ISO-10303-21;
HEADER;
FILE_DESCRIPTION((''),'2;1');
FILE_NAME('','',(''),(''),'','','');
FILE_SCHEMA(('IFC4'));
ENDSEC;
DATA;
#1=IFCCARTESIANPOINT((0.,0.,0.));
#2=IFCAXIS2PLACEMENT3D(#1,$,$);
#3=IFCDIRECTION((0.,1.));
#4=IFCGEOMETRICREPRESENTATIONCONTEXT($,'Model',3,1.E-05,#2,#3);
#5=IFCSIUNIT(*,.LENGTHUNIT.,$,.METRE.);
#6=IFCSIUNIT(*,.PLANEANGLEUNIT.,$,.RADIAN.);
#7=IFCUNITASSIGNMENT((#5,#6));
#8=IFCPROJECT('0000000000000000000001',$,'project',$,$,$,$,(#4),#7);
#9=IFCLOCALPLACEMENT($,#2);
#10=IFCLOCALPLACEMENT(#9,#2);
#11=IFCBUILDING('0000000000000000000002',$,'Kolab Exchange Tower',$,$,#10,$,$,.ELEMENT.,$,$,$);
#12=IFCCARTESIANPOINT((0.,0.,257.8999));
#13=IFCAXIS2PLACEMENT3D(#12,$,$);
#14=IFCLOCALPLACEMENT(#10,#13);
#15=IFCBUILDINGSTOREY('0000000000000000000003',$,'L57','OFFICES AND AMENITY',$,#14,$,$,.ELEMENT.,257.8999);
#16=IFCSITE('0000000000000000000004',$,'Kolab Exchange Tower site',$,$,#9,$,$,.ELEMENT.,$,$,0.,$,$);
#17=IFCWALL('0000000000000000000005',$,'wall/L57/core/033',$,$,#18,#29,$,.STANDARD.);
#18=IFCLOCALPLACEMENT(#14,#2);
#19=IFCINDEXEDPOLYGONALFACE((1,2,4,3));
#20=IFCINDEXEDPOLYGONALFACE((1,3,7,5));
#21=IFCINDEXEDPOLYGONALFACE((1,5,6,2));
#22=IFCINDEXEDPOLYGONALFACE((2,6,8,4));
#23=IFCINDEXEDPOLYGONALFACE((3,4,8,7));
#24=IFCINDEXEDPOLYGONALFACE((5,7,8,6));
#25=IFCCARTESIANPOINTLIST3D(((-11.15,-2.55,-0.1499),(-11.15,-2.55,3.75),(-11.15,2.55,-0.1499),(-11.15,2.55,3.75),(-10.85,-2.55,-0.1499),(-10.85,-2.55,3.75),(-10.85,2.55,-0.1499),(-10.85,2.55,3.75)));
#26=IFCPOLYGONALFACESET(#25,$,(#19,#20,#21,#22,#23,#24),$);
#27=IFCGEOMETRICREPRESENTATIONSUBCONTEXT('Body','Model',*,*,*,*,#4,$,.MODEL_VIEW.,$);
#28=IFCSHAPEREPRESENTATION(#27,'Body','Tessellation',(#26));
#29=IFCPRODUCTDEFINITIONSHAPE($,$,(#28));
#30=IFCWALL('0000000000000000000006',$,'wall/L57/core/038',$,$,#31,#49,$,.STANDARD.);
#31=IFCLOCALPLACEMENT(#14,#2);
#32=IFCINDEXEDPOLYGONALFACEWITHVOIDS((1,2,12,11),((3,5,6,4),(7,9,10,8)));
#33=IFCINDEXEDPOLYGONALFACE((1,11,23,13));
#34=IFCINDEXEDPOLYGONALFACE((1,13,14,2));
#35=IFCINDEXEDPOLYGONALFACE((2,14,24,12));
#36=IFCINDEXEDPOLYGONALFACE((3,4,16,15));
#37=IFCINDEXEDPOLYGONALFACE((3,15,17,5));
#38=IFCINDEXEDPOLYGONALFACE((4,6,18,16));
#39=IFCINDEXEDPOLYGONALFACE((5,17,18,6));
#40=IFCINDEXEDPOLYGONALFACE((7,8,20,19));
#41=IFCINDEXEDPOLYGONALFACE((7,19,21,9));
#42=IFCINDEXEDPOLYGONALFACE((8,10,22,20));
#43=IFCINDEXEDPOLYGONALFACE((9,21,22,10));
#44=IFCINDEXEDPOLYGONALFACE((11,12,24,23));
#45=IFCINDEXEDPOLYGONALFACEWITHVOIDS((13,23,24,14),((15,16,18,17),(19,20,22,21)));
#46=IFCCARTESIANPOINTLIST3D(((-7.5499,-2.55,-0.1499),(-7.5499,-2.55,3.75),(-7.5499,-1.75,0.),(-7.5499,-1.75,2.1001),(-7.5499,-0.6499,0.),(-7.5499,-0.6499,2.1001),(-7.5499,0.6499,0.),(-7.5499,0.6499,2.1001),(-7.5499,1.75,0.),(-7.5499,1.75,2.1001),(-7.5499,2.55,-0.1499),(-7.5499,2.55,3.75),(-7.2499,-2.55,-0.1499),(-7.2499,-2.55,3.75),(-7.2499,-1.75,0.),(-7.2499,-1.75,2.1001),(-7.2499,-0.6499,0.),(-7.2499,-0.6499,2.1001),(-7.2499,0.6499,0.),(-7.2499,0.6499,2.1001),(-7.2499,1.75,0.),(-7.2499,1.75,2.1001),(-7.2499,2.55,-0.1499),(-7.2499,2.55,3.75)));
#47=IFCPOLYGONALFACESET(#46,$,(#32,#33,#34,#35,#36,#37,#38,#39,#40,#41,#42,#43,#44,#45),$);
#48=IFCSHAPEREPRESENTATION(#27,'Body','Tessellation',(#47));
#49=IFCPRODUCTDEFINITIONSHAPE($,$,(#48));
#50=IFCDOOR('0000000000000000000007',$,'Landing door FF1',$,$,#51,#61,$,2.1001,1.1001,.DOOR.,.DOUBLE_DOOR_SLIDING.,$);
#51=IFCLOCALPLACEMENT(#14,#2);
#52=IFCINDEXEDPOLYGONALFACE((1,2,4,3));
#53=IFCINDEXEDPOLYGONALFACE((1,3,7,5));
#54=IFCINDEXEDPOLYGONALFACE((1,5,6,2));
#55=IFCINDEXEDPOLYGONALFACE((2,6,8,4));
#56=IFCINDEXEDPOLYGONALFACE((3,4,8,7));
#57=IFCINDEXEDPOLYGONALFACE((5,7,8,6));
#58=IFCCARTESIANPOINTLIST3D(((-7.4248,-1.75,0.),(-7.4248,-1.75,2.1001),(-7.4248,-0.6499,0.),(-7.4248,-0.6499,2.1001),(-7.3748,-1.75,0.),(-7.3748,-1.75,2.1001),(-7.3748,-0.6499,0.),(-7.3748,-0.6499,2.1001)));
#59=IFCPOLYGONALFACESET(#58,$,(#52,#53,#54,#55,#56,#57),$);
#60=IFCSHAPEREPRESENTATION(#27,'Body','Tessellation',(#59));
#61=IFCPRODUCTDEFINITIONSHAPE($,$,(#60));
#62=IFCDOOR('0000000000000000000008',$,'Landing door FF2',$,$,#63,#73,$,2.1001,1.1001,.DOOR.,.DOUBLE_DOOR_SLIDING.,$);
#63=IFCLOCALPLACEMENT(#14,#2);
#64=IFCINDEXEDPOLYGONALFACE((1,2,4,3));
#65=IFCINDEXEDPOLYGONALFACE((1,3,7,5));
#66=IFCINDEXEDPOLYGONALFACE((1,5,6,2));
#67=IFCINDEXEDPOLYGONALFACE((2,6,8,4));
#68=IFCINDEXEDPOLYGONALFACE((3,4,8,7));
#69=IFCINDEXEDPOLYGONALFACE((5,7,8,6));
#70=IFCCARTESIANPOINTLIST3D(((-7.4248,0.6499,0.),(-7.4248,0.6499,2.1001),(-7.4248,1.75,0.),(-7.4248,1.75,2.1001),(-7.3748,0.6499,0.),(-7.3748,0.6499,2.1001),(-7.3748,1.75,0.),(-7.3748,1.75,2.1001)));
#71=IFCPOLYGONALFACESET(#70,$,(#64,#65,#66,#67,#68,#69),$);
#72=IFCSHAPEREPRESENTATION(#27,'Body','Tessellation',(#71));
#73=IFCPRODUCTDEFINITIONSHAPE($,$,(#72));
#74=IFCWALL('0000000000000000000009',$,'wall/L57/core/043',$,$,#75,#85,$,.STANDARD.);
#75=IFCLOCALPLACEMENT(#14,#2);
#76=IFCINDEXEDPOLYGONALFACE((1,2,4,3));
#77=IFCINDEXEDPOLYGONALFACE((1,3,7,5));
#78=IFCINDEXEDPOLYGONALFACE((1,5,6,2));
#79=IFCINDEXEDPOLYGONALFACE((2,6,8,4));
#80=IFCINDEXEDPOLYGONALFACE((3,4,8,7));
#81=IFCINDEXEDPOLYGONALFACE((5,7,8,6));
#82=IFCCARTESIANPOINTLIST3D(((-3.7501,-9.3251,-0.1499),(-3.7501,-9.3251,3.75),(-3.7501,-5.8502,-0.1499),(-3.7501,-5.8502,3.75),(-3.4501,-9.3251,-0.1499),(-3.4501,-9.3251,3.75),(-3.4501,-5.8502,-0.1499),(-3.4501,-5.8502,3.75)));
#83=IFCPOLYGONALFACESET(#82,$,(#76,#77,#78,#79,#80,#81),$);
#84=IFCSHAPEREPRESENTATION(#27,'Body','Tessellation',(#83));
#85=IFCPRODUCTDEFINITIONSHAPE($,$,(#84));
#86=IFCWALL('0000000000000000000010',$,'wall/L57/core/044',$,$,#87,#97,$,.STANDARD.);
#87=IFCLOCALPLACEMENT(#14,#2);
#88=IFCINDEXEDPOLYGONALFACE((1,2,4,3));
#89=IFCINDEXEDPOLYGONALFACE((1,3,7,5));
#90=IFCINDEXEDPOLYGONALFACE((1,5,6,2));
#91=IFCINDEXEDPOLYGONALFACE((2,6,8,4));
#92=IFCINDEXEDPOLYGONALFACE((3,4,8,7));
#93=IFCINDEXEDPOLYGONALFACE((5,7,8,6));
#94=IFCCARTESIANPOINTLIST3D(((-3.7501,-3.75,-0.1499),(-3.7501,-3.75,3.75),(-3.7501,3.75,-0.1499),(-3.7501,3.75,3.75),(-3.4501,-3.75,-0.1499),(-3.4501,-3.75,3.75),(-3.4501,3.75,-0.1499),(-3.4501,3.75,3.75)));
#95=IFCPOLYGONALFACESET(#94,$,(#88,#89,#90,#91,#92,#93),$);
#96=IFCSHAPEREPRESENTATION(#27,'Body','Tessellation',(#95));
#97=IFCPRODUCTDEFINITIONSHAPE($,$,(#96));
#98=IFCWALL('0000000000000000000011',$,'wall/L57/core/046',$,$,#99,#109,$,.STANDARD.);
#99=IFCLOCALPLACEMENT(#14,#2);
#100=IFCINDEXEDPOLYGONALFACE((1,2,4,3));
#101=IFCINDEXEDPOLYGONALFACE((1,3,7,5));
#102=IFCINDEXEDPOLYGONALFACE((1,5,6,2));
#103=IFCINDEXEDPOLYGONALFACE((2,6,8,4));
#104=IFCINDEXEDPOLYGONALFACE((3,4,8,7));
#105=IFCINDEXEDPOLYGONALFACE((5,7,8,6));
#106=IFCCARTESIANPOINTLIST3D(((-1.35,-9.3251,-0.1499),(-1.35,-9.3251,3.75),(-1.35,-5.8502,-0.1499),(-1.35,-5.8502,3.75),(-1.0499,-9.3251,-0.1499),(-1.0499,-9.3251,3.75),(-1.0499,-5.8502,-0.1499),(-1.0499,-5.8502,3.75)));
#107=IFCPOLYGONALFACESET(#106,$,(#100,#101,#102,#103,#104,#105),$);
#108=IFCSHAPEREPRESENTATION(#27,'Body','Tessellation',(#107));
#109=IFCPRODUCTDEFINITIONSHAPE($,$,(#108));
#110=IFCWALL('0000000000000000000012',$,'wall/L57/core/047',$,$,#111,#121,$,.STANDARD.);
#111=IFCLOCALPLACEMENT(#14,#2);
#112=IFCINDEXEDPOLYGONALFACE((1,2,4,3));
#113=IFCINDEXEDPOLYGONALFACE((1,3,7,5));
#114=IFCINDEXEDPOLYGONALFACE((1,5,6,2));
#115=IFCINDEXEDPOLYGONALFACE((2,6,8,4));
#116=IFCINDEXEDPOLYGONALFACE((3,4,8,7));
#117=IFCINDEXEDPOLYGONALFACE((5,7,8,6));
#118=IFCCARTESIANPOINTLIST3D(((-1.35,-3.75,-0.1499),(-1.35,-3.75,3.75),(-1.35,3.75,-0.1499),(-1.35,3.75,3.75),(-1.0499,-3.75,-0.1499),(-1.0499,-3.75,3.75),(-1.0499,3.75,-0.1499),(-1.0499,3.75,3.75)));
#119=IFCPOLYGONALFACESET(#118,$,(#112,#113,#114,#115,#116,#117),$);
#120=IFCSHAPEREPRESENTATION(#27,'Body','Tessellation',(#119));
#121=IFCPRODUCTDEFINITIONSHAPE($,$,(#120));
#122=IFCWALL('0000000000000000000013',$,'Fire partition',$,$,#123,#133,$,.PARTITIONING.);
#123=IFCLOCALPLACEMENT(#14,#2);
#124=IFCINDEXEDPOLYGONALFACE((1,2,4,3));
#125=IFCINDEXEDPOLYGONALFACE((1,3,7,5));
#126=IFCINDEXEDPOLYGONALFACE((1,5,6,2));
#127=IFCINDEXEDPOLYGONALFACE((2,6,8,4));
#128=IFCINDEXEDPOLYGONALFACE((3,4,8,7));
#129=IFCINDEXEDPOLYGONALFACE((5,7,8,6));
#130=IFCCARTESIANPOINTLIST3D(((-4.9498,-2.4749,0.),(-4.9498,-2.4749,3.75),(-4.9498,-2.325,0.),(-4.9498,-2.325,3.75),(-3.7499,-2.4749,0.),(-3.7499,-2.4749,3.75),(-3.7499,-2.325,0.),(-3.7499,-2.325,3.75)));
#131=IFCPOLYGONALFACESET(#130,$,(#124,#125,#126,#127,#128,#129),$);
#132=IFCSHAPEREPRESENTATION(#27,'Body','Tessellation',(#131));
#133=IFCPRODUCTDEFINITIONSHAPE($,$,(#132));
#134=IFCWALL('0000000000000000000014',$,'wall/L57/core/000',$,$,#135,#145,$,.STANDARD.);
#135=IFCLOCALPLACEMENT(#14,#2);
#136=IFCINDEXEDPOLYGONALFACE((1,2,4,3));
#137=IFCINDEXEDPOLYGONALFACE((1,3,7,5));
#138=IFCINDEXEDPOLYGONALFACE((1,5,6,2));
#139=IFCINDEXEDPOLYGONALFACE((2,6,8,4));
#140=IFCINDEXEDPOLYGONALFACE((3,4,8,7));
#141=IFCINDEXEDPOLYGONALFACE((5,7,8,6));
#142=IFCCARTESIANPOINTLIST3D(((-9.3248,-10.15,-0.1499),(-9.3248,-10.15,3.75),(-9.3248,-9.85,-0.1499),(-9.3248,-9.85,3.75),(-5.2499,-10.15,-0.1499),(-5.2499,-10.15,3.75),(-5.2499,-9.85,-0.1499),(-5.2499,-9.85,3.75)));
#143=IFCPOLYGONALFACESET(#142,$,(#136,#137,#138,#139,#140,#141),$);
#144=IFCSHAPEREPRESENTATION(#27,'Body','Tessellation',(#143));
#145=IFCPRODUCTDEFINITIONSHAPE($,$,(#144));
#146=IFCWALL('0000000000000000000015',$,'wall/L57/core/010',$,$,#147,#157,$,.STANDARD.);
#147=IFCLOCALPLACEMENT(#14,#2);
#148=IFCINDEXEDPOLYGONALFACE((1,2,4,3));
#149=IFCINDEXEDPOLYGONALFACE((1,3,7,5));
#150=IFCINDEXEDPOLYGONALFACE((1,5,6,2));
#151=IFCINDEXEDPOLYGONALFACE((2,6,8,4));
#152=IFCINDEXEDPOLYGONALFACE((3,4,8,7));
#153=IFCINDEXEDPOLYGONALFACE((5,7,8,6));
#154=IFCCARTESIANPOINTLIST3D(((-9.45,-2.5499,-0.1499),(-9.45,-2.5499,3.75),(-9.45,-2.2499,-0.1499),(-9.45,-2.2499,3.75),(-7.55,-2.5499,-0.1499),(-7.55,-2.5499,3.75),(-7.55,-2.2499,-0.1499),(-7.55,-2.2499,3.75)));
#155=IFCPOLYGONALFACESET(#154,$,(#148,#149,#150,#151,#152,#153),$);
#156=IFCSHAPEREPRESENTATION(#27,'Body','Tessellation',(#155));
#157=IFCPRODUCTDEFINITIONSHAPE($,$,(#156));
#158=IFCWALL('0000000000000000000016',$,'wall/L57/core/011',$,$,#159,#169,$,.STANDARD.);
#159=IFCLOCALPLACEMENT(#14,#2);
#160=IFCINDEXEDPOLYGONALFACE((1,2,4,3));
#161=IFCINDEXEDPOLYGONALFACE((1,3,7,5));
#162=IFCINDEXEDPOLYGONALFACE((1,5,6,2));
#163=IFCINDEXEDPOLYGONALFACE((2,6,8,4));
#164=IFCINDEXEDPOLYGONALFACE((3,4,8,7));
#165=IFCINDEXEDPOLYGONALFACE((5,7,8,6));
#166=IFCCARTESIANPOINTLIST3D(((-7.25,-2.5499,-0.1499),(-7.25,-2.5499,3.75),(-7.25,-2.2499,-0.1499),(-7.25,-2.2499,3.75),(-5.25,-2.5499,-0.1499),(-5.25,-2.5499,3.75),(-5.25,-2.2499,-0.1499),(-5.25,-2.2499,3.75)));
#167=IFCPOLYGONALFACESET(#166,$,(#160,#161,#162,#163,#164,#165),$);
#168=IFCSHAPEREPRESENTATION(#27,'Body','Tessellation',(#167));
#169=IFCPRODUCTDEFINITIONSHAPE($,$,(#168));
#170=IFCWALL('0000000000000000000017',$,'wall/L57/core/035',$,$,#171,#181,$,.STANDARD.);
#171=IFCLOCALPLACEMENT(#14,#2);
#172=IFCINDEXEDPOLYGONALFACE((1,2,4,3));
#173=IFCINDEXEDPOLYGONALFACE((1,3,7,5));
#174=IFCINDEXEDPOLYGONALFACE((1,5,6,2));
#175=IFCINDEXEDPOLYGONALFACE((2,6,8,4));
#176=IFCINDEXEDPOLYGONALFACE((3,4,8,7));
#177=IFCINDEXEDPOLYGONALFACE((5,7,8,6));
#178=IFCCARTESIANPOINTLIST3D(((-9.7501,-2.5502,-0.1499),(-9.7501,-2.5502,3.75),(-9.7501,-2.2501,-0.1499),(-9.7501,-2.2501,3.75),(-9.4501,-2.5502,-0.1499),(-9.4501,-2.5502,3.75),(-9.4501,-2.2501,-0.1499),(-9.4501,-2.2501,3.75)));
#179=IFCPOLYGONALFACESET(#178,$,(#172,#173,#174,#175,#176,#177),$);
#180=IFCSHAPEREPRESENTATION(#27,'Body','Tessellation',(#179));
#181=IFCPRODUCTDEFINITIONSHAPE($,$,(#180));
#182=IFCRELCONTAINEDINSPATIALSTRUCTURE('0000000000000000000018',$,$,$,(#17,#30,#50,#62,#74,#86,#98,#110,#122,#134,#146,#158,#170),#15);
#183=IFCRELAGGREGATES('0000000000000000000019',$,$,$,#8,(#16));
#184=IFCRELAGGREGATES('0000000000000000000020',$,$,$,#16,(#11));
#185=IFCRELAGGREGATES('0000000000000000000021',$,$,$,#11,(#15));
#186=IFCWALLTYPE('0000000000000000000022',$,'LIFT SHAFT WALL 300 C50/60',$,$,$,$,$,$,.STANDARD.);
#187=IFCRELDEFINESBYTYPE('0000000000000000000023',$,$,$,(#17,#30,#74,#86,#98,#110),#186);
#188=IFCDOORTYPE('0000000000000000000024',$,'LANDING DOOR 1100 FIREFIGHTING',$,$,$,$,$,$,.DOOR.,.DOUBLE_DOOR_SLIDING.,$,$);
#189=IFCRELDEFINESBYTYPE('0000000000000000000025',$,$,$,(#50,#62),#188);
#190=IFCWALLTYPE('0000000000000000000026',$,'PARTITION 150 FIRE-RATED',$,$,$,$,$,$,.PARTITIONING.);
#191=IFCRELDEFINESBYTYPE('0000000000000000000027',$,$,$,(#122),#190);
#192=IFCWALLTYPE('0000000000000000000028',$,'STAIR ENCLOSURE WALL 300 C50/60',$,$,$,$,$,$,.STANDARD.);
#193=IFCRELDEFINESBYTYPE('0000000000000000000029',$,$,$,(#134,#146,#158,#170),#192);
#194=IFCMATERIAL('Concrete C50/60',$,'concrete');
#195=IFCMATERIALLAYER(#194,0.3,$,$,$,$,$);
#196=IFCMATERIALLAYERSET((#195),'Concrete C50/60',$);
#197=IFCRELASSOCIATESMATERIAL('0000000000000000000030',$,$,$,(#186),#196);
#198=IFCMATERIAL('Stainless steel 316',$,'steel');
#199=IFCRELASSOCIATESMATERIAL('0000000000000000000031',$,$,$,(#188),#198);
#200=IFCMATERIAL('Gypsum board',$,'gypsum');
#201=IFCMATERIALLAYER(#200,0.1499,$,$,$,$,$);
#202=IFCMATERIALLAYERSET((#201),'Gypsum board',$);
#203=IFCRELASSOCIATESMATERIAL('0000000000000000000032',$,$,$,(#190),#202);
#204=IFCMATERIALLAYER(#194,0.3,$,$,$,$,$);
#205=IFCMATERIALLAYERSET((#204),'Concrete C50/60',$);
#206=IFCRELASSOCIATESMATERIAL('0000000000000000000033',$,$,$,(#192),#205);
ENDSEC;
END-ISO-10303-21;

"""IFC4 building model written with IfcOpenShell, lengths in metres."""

from ifc_helpers import new_model, si_unit, direction, frame, frame_2d, origin, place, context, subcontext, project, spatial, rectangle, extrude, material, layer, layer_set, type_object, element, fill, save


model = new_model("IFC4")

# Units and contexts
model_context = context("Model", 3, precision=1e-05, world=origin(), true_north=direction((0.0, 1.0)))
body_context = subcontext(model_context, "Body", "Model", "MODEL_VIEW")
ifc_project = project(units=[si_unit("LENGTHUNIT", "METRE"), si_unit("PLANEANGLEUNIT", "RADIAN")], contexts=[model_context])

# Site, building, storey
site_placement = place(None, origin())
site = spatial("IfcSite", under=ifc_project, at=site_placement, Name="Kolab Exchange Tower site", CompositionType="ELEMENT", RefElevation=0.0)
building_placement = place(site_placement, origin())
building = spatial("IfcBuilding", under=site, at=building_placement, Name="Kolab Exchange Tower", CompositionType="ELEMENT")
storey_placement = place(building_placement, frame((0.0, 0.0, 257.8999)))
storey = spatial("IfcBuildingStorey", under=building, at=storey_placement, Name="L57", Description="OFFICES AND AMENITY", CompositionType="ELEMENT", Elevation=257.8999)

# Shared definitions
ifc_material_1 = material(Name="Concrete C50/60", Category="concrete")
ifc_layer_1 = layer(ifc_material_1, 0.3)
ifc_layer_set_1 = layer_set([ifc_layer_1], Name="Concrete C50/60")
wall_type_1 = type_object("IfcWallType", Name="LIFT SHAFT WALL 300 C50/60", PredefinedType="STANDARD", material=ifc_layer_set_1)
ifc_material_2 = material(Name="Stainless steel 316", Category="steel")

# Wall
wall_1_placement = place(storey_placement, frame((-11.0, -2.55, -0.1499), z_axis=(0.0, 0.0, 1.0), x_axis=(0.0, 1.0, 0.0)))
element("IfcWall", 1, at=wall_1_placement, inside=storey, type_object=wall_type_1, Name="wall/L57/core/033", PredefinedType="STANDARD", context=body_context, shape_type="SweptSolid", body=[
    extrude(rectangle(XDim=5.1001, YDim=0.3, at=frame_2d((2.55, 0.0))), origin(), (0.0, 0.0, 1.0), 3.8999),
])

# Wall, openings, doors
wall_2_placement = place(storey_placement, frame((-7.3999, -2.55, -0.1499), z_axis=(0.0, 0.0, 1.0), x_axis=(0.0, 1.0, 0.0)))
wall_2 = element("IfcWall", 2, at=wall_2_placement, inside=storey, type_object=wall_type_1, Name="wall/L57/core/038", PredefinedType="STANDARD", context=body_context, shape_type="SweptSolid", body=[
    extrude(rectangle(XDim=5.1001, YDim=0.3, at=frame_2d((2.55, 0.0))), origin(), (0.0, 0.0, 1.0), 3.8999),
])
opening_1_placement = place(wall_2_placement, frame((0.8, 0.0, 0.1499)))
opening_1 = element("IfcOpeningElement", 3, at=opening_1_placement, cuts=wall_2, PredefinedType="OPENING", context=body_context, shape_type="SweptSolid", body=[
    extrude(rectangle(XDim=1.1001, YDim=2.1001, at=frame_2d((0.55, 1.05))), frame((0.0, 0.1602, 0.0), z_axis=(0.0, -1.0, 0.0), x_axis=(1.0, 0.0, 0.0)), (0.0, 0.0, 1.0), 0.3201),
])
opening_2_placement = place(wall_2_placement, frame((3.2, 0.0, 0.1499)))
opening_2 = element("IfcOpeningElement", 4, at=opening_2_placement, cuts=wall_2, PredefinedType="OPENING", context=body_context, shape_type="SweptSolid", body=[
    extrude(rectangle(XDim=1.1001, YDim=2.1001, at=frame_2d((0.55, 1.05))), frame((0.0, 0.1602, 0.0), z_axis=(0.0, -1.0, 0.0), x_axis=(1.0, 0.0, 0.0)), (0.0, 0.0, 1.0), 0.3201),
])
door_type_1 = type_object("IfcDoorType", Name="LANDING DOOR 1100 FIREFIGHTING", OperationType="DOUBLE_DOOR_SLIDING", PredefinedType="DOOR", material=ifc_material_2)
door_1_placement = place(opening_1_placement, origin())
door_1 = element("IfcDoor", 5, at=door_1_placement, inside=storey, type_object=door_type_1, Name="Landing door FF1", OperationType="DOUBLE_DOOR_SLIDING", OverallHeight=2.1001, OverallWidth=1.1001, PredefinedType="DOOR", context=body_context, shape_type="SweptSolid", body=[
    extrude(rectangle(XDim=1.1001, YDim=2.1001, at=frame_2d((0.55, 1.05))), frame((0.0, 0.0249, 0.0), z_axis=(0.0, -1.0, 0.0), x_axis=(1.0, 0.0, 0.0)), (0.0, 0.0, 1.0), 0.05),
])
fill(opening_1, door_1)
door_2_placement = place(opening_2_placement, origin())
door_2 = element("IfcDoor", 6, at=door_2_placement, inside=storey, type_object=door_type_1, Name="Landing door FF2", OperationType="DOUBLE_DOOR_SLIDING", OverallHeight=2.1001, OverallWidth=1.1001, PredefinedType="DOOR", context=body_context, shape_type="SweptSolid", body=[
    extrude(rectangle(XDim=1.1001, YDim=2.1001, at=frame_2d((0.55, 1.05))), frame((0.0, 0.0249, 0.0), z_axis=(0.0, -1.0, 0.0), x_axis=(1.0, 0.0, 0.0)), (0.0, 0.0, 1.0), 0.05),
])
fill(opening_2, door_2)

# Walls
wall_3_placement = place(storey_placement, frame((-3.6001, -9.325, -0.1499), z_axis=(0.0, 0.0, 1.0), x_axis=(0.0, 1.0, 0.0)))
element("IfcWall", 7, at=wall_3_placement, inside=storey, type_object=wall_type_1, Name="wall/L57/core/043", PredefinedType="STANDARD", context=body_context, shape_type="SweptSolid", body=[
    extrude(rectangle(XDim=3.4749, YDim=0.3, at=frame_2d((1.7373, 0.0))), origin(), (0.0, 0.0, 1.0), 3.8999),
])
wall_4_placement = place(storey_placement, frame((-3.6001, -3.75, -0.1499), z_axis=(0.0, 0.0, 1.0), x_axis=(0.0, 1.0, 0.0)))
element("IfcWall", 8, at=wall_4_placement, inside=storey, type_object=wall_type_1, Name="wall/L57/core/044", PredefinedType="STANDARD", context=body_context, shape_type="SweptSolid", body=[
    extrude(rectangle(XDim=7.5, YDim=0.3, at=frame_2d((3.75, 0.0))), origin(), (0.0, 0.0, 1.0), 3.8999),
])
wall_5_placement = place(storey_placement, frame((-1.2, -9.325, -0.1499), z_axis=(0.0, 0.0, 1.0), x_axis=(0.0, 1.0, 0.0)))
element("IfcWall", 9, at=wall_5_placement, inside=storey, type_object=wall_type_1, Name="wall/L57/core/046", PredefinedType="STANDARD", context=body_context, shape_type="SweptSolid", body=[
    extrude(rectangle(XDim=3.4749, YDim=0.3, at=frame_2d((1.7373, 0.0))), origin(), (0.0, 0.0, 1.0), 3.8999),
])
wall_6_placement = place(storey_placement, frame((-1.2, -3.75, -0.1499), z_axis=(0.0, 0.0, 1.0), x_axis=(0.0, 1.0, 0.0)))
element("IfcWall", 10, at=wall_6_placement, inside=storey, type_object=wall_type_1, Name="wall/L57/core/047", PredefinedType="STANDARD", context=body_context, shape_type="SweptSolid", body=[
    extrude(rectangle(XDim=7.5, YDim=0.3, at=frame_2d((3.75, 0.0))), origin(), (0.0, 0.0, 1.0), 3.8999),
])
ifc_material_3 = material(Name="Gypsum board", Category="gypsum")
ifc_layer_2 = layer(ifc_material_3, 0.1499)
ifc_layer_set_2 = layer_set([ifc_layer_2], Name="Gypsum board")
wall_type_2 = type_object("IfcWallType", Name="PARTITION 150 FIRE-RATED", PredefinedType="PARTITIONING", material=ifc_layer_set_2)
wall_7_placement = place(storey_placement, frame((-4.95, -2.3999, 0.0), z_axis=(0.0, 0.0, 1.0), x_axis=(1.0, 0.0, 0.0)))
element("IfcWall", 11, at=wall_7_placement, inside=storey, type_object=wall_type_2, Name="Fire partition", PredefinedType="PARTITIONING", context=body_context, shape_type="SweptSolid", body=[
    extrude(rectangle(XDim=1.2, YDim=0.1499, at=frame_2d((0.6001, 0.0))), origin(), (0.0, 0.0, 1.0), 3.75),
])
ifc_layer_3 = layer(ifc_material_1, 0.3)
ifc_layer_set_3 = layer_set([ifc_layer_3], Name="Concrete C50/60")
wall_type_3 = type_object("IfcWallType", Name="STAIR ENCLOSURE WALL 300 C50/60", PredefinedType="STANDARD", material=ifc_layer_set_3)
wall_8_placement = place(storey_placement, frame((-9.325, -10.0, -0.1499), z_axis=(0.0, 0.0, 1.0), x_axis=(1.0, 0.0, 0.0)))
element("IfcWall", 12, at=wall_8_placement, inside=storey, type_object=wall_type_3, Name="wall/L57/core/000", PredefinedType="STANDARD", context=body_context, shape_type="SweptSolid", body=[
    extrude(rectangle(XDim=4.075, YDim=0.3, at=frame_2d((2.0376, 0.0))), origin(), (0.0, 0.0, 1.0), 3.8999),
])
wall_9_placement = place(storey_placement, frame((-9.45, -2.3999, -0.1499), z_axis=(0.0, 0.0, 1.0), x_axis=(1.0, 0.0, 0.0)))
element("IfcWall", 13, at=wall_9_placement, inside=storey, type_object=wall_type_3, Name="wall/L57/core/010", PredefinedType="STANDARD", context=body_context, shape_type="SweptSolid", body=[
    extrude(rectangle(XDim=1.8999, YDim=0.3, at=frame_2d((0.95, 0.0))), origin(), (0.0, 0.0, 1.0), 3.8999),
])
wall_10_placement = place(storey_placement, frame((-7.25, -2.3999, -0.1499), z_axis=(0.0, 0.0, 1.0), x_axis=(1.0, 0.0, 0.0)))
element("IfcWall", 14, at=wall_10_placement, inside=storey, type_object=wall_type_3, Name="wall/L57/core/011", PredefinedType="STANDARD", context=body_context, shape_type="SweptSolid", body=[
    extrude(rectangle(XDim=2.0, YDim=0.3, at=frame_2d((1.0, 0.0))), origin(), (0.0, 0.0, 1.0), 3.8999),
])
wall_11_placement = place(storey_placement, frame((-9.6001, -2.55, -0.1499), z_axis=(0.0, 0.0, 1.0), x_axis=(0.0, 1.0, 0.0)))
element("IfcWall", 15, at=wall_11_placement, inside=storey, type_object=wall_type_3, Name="wall/L57/core/035", PredefinedType="STANDARD", context=body_context, shape_type="SweptSolid", body=[
    extrude(rectangle(XDim=0.3, YDim=0.3, at=frame_2d((0.1499, 0.0))), origin(), (0.0, 0.0, 1.0), 3.8999),
])

save(model, "model.ifc")
